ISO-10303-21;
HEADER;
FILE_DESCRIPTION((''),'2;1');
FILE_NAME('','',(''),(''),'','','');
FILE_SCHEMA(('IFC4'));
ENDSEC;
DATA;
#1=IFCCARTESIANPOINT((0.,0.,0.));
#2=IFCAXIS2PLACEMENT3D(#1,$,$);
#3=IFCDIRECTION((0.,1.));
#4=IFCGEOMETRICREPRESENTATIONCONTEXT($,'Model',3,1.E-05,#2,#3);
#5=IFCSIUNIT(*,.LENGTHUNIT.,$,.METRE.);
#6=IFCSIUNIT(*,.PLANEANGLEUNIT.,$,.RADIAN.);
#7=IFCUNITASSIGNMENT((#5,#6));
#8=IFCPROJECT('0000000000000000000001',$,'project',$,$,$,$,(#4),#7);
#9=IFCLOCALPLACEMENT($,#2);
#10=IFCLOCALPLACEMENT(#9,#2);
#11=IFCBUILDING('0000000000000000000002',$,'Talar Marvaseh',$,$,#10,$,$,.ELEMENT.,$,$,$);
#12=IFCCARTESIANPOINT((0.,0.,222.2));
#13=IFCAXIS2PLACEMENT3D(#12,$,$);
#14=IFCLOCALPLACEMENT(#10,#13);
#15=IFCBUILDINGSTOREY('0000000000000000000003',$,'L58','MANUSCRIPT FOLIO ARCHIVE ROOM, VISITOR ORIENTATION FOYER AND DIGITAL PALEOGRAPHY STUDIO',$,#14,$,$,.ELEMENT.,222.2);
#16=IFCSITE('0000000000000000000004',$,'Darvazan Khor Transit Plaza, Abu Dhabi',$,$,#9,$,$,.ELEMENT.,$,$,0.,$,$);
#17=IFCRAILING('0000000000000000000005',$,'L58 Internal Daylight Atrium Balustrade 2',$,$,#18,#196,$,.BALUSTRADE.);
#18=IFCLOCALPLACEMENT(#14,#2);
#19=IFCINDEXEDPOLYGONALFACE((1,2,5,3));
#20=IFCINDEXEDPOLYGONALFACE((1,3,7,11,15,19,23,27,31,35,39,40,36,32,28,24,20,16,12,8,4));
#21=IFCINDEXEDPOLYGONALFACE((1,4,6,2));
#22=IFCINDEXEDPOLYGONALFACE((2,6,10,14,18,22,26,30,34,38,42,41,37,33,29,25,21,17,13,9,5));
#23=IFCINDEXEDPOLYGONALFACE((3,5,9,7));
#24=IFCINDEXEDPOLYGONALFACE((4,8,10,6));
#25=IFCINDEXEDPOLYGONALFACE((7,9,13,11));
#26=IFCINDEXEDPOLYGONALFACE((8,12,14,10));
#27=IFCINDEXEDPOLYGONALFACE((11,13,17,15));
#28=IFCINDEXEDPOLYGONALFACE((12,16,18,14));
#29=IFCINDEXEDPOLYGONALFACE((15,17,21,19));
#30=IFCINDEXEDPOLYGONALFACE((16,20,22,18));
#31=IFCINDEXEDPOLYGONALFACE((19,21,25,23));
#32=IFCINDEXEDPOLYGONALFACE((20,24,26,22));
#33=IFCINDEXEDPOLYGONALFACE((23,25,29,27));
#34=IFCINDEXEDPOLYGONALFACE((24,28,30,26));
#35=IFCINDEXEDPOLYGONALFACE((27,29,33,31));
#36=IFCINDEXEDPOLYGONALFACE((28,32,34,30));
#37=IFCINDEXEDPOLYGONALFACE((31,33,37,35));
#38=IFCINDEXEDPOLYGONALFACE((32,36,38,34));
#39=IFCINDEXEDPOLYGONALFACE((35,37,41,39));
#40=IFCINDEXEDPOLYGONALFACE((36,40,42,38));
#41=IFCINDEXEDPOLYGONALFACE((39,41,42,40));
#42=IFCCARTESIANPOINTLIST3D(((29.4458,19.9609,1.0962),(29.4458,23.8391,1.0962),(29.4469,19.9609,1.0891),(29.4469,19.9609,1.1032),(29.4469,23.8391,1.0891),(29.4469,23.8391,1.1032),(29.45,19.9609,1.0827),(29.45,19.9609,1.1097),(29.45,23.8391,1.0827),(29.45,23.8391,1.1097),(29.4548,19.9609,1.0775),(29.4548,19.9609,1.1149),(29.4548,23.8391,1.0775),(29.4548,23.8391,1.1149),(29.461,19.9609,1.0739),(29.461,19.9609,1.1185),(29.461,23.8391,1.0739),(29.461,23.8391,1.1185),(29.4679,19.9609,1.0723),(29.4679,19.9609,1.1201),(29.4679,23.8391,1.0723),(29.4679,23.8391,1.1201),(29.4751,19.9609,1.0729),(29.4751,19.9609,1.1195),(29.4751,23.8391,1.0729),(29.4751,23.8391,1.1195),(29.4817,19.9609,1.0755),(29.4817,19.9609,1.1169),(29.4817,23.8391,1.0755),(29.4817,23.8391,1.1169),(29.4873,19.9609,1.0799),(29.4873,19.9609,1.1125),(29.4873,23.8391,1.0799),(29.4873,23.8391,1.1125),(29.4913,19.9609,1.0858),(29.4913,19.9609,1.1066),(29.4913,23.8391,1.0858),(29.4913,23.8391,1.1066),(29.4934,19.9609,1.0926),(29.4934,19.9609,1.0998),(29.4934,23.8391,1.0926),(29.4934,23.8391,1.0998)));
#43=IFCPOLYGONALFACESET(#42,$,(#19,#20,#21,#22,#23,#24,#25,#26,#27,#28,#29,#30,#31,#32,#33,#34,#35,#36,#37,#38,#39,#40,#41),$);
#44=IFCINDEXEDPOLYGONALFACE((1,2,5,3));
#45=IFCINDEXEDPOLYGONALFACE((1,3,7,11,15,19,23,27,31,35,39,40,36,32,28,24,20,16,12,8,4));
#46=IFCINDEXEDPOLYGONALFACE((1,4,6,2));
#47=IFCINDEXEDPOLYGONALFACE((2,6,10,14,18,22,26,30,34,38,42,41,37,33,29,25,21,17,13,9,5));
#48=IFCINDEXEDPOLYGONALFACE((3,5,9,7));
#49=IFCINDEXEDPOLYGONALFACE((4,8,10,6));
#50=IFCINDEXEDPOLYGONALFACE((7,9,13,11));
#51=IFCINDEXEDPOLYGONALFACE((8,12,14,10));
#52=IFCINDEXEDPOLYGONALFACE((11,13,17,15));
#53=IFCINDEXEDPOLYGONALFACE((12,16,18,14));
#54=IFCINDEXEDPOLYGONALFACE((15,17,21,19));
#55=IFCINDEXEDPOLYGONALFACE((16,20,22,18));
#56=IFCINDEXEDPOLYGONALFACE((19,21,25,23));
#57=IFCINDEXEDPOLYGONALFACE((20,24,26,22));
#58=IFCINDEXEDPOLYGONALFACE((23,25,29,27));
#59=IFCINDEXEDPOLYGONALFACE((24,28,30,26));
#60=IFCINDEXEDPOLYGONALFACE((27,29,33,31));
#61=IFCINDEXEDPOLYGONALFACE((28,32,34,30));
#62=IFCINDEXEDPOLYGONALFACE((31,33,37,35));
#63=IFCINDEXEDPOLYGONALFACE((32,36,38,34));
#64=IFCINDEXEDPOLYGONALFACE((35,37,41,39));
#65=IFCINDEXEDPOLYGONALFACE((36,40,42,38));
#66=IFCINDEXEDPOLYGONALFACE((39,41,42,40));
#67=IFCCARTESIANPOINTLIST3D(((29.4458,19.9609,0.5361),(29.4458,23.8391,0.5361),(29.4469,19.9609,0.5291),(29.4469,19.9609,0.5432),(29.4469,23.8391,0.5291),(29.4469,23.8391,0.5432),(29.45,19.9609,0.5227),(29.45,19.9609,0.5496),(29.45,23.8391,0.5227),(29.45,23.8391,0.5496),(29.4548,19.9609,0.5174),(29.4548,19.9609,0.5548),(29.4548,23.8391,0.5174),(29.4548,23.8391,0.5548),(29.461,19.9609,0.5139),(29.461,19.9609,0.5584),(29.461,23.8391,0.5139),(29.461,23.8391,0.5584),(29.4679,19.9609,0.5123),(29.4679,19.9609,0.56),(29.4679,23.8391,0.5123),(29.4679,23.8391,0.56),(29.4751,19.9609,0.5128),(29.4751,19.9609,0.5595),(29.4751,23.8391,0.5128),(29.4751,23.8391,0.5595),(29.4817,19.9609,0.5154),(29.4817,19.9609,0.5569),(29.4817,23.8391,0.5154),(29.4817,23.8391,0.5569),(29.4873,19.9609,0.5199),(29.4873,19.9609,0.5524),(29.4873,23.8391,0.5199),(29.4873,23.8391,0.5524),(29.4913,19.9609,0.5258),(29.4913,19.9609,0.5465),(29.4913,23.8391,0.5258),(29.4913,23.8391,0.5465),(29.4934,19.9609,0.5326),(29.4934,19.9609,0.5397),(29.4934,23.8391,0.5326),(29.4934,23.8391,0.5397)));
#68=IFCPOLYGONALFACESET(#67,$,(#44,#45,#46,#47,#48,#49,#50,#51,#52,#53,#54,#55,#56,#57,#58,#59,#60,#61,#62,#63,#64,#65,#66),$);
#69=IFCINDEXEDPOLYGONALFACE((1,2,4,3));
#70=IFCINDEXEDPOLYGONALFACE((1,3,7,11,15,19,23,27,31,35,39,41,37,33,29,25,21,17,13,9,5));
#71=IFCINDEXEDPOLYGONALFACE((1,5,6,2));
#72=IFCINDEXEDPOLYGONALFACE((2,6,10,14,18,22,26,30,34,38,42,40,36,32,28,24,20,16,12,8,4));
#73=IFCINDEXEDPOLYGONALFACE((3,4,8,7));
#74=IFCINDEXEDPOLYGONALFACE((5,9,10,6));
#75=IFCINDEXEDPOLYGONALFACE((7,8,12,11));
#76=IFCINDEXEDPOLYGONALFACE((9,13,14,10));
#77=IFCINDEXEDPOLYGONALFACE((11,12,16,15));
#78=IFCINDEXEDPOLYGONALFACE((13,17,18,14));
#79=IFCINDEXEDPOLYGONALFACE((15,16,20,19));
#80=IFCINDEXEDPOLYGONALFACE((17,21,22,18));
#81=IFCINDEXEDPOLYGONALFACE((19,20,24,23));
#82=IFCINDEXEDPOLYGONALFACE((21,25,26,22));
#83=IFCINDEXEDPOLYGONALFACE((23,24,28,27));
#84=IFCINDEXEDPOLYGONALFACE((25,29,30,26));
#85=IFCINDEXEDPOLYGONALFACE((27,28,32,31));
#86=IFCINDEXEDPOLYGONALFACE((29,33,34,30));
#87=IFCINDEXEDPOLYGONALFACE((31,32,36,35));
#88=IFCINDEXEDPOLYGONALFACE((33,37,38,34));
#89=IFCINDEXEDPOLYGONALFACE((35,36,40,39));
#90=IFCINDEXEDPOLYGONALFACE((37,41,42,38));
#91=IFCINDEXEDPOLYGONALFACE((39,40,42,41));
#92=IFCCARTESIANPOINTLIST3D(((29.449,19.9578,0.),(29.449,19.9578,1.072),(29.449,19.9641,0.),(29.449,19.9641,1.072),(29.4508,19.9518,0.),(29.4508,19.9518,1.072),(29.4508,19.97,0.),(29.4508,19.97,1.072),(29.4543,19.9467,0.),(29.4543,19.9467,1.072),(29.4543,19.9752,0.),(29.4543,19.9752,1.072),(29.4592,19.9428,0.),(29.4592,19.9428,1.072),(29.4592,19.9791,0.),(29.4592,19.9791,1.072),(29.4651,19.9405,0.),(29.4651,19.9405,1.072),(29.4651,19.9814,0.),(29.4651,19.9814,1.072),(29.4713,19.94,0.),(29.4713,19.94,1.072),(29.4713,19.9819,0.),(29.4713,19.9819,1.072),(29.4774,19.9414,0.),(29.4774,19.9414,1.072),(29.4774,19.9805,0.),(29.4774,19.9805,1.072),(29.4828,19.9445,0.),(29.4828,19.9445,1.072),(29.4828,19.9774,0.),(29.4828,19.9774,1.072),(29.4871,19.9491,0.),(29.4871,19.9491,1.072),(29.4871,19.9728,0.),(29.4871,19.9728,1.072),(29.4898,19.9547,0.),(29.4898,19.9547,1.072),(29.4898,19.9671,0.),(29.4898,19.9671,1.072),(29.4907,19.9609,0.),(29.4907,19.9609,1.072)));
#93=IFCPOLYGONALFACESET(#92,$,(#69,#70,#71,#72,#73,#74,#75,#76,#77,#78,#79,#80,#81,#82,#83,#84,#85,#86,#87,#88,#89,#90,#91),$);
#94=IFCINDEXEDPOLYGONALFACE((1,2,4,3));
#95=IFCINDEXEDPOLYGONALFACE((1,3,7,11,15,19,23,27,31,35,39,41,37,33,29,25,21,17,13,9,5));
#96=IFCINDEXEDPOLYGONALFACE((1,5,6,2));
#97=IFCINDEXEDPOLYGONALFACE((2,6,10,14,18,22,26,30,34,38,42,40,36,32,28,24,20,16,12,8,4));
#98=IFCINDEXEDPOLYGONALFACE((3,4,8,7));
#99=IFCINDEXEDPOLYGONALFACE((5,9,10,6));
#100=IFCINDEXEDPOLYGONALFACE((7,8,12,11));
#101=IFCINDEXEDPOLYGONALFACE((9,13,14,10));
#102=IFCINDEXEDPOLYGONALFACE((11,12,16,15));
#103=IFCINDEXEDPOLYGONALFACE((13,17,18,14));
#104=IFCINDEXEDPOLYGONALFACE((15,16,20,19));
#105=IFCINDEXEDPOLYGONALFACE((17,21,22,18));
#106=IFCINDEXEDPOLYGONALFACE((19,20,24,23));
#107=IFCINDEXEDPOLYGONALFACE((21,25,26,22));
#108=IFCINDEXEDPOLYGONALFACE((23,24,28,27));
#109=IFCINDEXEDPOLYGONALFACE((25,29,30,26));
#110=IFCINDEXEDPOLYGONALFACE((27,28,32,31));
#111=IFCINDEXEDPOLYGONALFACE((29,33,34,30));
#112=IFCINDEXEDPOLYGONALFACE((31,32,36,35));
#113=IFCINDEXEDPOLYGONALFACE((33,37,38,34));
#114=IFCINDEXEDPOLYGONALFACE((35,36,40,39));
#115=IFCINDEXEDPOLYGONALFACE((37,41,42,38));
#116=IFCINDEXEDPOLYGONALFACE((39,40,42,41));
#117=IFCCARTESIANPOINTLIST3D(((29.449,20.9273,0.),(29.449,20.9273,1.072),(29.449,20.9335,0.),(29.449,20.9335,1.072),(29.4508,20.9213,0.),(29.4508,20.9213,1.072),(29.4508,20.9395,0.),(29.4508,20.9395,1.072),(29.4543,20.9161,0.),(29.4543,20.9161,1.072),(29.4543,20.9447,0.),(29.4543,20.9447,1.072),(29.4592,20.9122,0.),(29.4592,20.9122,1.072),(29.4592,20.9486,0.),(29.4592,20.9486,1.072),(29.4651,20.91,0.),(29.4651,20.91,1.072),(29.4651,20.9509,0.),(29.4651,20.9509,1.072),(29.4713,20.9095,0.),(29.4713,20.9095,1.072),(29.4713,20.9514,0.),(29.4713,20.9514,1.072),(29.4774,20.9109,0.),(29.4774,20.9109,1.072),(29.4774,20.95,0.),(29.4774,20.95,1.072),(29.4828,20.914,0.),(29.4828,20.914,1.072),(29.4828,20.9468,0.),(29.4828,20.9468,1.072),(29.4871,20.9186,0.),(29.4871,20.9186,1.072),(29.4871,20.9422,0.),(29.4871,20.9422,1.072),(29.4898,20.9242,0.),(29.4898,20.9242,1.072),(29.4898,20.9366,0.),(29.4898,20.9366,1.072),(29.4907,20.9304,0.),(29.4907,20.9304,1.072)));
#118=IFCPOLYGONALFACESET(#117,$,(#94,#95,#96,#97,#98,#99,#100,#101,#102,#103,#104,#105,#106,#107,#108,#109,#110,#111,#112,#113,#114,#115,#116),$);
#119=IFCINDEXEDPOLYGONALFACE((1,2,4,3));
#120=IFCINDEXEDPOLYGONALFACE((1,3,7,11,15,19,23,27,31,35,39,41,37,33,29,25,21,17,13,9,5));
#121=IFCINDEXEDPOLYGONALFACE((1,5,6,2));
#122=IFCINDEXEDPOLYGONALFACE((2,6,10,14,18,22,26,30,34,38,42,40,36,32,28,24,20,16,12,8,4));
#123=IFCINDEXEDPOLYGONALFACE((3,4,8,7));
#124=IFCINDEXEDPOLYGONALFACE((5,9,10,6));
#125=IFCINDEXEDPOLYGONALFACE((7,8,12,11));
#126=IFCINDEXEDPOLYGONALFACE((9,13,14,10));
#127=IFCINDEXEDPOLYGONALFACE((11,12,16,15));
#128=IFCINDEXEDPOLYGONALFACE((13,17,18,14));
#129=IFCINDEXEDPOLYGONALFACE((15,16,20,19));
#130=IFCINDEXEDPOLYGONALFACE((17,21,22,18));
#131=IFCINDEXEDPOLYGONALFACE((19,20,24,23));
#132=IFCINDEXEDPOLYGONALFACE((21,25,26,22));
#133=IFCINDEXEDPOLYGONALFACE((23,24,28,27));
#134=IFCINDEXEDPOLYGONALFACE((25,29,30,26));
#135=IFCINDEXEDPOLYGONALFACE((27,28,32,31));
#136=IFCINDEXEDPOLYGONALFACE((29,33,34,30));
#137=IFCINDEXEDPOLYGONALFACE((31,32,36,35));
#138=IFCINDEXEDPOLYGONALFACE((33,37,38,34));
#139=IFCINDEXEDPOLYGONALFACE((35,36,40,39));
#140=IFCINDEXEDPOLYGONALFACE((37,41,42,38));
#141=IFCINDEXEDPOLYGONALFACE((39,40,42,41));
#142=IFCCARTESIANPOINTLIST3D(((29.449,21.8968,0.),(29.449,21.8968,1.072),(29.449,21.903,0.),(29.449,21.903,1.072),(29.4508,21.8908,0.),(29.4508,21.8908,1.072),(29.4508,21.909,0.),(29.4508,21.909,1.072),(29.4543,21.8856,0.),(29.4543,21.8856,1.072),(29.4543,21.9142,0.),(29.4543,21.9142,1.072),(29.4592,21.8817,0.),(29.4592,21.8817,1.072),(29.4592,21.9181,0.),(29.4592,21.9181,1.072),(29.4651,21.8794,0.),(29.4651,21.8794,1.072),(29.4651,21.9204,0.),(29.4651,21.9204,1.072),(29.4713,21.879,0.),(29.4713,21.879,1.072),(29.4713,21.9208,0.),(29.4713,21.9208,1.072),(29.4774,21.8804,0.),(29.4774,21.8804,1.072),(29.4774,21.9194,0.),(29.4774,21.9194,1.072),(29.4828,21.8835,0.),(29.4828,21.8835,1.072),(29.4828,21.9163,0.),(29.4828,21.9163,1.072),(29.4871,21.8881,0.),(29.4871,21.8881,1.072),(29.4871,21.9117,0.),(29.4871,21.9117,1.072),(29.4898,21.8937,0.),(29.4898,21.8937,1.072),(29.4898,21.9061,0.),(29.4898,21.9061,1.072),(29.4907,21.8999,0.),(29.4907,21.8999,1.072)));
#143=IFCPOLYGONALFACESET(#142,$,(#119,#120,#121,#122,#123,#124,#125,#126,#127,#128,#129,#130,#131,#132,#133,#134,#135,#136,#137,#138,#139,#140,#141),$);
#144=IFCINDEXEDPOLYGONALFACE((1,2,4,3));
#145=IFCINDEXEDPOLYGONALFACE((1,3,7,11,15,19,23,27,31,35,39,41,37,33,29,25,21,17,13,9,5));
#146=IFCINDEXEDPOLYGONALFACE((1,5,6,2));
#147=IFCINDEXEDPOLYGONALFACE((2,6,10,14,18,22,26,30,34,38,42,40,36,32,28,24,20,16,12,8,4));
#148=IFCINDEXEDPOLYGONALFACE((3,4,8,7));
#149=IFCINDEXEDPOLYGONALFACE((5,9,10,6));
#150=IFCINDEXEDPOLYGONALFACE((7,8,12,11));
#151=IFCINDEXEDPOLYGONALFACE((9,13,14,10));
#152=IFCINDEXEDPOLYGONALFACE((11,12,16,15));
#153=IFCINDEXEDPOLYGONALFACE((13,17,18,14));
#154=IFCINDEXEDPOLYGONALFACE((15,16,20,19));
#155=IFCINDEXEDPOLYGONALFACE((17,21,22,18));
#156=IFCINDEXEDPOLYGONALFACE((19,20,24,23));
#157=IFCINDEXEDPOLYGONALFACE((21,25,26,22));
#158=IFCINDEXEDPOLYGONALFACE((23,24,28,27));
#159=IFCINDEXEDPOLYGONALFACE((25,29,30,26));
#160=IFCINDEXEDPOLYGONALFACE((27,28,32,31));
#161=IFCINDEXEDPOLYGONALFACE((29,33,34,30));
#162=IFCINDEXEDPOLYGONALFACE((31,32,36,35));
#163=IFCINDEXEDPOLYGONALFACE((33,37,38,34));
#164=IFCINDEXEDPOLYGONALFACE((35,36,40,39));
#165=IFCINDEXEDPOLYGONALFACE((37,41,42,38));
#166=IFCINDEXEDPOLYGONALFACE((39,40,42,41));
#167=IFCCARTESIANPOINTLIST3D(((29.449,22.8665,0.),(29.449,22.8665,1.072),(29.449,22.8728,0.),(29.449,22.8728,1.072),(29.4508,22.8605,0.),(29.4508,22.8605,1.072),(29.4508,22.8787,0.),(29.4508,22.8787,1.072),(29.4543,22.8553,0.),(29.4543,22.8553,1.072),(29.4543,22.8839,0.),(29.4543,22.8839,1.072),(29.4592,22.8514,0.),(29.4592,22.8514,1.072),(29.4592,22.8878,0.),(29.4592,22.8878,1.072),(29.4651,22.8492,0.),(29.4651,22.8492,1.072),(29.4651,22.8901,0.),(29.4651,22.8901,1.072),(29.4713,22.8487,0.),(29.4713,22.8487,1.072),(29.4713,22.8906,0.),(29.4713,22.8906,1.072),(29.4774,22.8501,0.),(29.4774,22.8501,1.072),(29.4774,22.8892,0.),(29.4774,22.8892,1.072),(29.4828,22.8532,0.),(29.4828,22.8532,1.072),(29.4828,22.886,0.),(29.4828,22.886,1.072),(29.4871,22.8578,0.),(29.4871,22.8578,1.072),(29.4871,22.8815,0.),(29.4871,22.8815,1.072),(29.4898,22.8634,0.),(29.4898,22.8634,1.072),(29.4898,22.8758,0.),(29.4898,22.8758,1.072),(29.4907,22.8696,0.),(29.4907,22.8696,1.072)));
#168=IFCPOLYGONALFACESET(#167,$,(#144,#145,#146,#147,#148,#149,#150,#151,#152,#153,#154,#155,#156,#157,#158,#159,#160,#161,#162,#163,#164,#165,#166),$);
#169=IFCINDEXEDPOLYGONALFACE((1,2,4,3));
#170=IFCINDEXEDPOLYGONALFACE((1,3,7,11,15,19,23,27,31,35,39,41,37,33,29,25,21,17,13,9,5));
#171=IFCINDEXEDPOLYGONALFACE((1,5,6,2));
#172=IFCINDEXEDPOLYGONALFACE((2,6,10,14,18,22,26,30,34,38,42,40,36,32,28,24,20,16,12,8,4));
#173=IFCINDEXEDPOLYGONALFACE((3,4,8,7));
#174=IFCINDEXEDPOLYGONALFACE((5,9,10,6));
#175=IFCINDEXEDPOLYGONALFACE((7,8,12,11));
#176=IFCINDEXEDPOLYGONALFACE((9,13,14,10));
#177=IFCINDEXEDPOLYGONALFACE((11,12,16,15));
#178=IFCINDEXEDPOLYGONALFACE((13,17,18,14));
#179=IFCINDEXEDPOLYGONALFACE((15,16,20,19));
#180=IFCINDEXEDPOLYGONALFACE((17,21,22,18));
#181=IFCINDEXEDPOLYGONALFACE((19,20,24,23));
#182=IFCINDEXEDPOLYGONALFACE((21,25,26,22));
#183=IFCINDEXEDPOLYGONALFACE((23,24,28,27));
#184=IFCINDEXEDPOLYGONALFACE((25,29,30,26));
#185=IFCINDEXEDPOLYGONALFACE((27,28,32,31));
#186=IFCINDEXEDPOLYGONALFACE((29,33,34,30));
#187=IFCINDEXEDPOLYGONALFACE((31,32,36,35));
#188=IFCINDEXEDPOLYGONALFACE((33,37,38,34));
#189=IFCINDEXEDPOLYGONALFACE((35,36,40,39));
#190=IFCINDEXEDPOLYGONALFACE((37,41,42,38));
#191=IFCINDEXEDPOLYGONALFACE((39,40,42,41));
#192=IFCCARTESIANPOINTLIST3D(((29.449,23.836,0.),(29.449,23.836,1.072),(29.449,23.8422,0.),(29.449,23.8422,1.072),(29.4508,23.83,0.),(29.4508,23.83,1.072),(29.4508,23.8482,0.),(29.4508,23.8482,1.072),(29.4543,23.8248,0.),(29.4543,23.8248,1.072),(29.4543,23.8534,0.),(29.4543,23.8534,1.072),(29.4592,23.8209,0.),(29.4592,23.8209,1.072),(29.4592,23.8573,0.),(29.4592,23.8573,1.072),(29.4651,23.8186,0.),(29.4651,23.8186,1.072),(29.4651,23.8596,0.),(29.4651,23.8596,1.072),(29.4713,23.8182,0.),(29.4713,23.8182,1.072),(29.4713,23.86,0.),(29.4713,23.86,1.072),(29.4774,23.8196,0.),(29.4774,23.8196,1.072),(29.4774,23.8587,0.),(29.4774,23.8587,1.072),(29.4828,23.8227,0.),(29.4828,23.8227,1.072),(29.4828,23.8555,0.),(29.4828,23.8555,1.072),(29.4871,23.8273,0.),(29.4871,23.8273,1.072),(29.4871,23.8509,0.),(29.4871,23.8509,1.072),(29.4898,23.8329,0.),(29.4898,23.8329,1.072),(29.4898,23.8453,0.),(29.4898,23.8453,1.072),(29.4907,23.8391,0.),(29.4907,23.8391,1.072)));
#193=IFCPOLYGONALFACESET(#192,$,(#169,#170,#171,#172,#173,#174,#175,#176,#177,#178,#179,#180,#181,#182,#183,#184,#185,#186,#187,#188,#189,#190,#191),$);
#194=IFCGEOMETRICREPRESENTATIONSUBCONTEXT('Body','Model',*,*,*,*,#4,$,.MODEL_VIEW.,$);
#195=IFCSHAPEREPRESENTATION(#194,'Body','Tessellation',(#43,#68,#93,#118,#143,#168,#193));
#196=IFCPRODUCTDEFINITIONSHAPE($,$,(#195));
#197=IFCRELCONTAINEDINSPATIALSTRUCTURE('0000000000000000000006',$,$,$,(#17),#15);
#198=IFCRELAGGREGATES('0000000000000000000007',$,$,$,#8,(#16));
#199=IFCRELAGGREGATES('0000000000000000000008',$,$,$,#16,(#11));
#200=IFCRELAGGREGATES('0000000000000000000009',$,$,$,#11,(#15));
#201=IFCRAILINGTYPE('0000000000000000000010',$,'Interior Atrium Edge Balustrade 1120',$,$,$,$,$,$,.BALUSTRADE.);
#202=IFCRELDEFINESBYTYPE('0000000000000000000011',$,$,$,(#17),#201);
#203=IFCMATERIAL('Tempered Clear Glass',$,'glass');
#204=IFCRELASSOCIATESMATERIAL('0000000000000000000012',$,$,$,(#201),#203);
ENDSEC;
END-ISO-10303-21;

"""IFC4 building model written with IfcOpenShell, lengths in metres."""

from ifc_helpers import new_model, si_unit, direction, frame, origin, origin_2d, place, context, subcontext, project, spatial, circle, extrude, material, type_object, element, save


model = new_model("IFC4")

# Units and contexts
model_context = context("Model", 3, precision=1e-05, world=origin(), true_north=direction((0.0, 1.0)))
body_context = subcontext(model_context, "Body", "Model", "MODEL_VIEW")
ifc_project = project(units=[si_unit("LENGTHUNIT", "METRE"), si_unit("PLANEANGLEUNIT", "RADIAN")], contexts=[model_context])

# Site, building, storey
site_placement = place(None, origin())
site = spatial("IfcSite", under=ifc_project, at=site_placement, Name="Darvazan Khor Transit Plaza, Abu Dhabi", CompositionType="ELEMENT", RefElevation=0.0)
building_placement = place(site_placement, origin())
building = spatial("IfcBuilding", under=site, at=building_placement, Name="Talar Marvaseh", CompositionType="ELEMENT")
storey_placement = place(building_placement, frame((0.0, 0.0, 222.2)))
storey = spatial("IfcBuildingStorey", under=building, at=storey_placement, Name="L58", Description="MANUSCRIPT FOLIO ARCHIVE ROOM, VISITOR ORIENTATION FOYER AND DIGITAL PALEOGRAPHY STUDIO", CompositionType="ELEMENT", Elevation=222.2)

# Railing
ifc_material_1 = material(Name="Tempered Clear Glass", Category="glass")
railing_type = type_object("IfcRailingType", Name="Interior Atrium Edge Balustrade 1120", PredefinedType="BALUSTRADE", material=ifc_material_1)
railing_1_placement = place(storey_placement, frame((29.4697, 19.9609, 0.0)))
element("IfcRailing", 1, at=railing_1_placement, inside=storey, type_object=railing_type, Name="L58 Internal Daylight Atrium Balustrade 2", PredefinedType="BALUSTRADE", context=body_context, shape_type="SweptSolid", body=[
    extrude(circle(Radius=0.0239, at=origin_2d()), frame((0.0, 0.0, 1.0962), z_axis=(0.0, 1.0, 0.0), x_axis=(-1.0, 0.0, 0.0)), (0.0, 0.0, 1.0), 3.8782),
    extrude(circle(Radius=0.0239, at=origin_2d()), frame((0.0, 0.0, 0.5361), z_axis=(0.0, 1.0, 0.0), x_axis=(-1.0, 0.0, 0.0)), (0.0, 0.0, 1.0), 3.8782),
    extrude(circle(Radius=0.021, at=origin_2d()), origin(), (0.0, 0.0, 1.0), 1.072),
    extrude(circle(Radius=0.021, at=origin_2d()), frame((0.0, 0.9695, 0.0)), (0.0, 0.0, 1.0), 1.072),
    extrude(circle(Radius=0.021, at=origin_2d()), frame((0.0, 1.939, 0.0)), (0.0, 0.0, 1.0), 1.072),
    extrude(circle(Radius=0.021, at=origin_2d()), frame((0.0, 2.9087, 0.0)), (0.0, 0.0, 1.0), 1.072),
    extrude(circle(Radius=0.021, at=origin_2d()), frame((0.0, 3.8782, 0.0)), (0.0, 0.0, 1.0), 1.072),
])

save(model, "model.ifc")
